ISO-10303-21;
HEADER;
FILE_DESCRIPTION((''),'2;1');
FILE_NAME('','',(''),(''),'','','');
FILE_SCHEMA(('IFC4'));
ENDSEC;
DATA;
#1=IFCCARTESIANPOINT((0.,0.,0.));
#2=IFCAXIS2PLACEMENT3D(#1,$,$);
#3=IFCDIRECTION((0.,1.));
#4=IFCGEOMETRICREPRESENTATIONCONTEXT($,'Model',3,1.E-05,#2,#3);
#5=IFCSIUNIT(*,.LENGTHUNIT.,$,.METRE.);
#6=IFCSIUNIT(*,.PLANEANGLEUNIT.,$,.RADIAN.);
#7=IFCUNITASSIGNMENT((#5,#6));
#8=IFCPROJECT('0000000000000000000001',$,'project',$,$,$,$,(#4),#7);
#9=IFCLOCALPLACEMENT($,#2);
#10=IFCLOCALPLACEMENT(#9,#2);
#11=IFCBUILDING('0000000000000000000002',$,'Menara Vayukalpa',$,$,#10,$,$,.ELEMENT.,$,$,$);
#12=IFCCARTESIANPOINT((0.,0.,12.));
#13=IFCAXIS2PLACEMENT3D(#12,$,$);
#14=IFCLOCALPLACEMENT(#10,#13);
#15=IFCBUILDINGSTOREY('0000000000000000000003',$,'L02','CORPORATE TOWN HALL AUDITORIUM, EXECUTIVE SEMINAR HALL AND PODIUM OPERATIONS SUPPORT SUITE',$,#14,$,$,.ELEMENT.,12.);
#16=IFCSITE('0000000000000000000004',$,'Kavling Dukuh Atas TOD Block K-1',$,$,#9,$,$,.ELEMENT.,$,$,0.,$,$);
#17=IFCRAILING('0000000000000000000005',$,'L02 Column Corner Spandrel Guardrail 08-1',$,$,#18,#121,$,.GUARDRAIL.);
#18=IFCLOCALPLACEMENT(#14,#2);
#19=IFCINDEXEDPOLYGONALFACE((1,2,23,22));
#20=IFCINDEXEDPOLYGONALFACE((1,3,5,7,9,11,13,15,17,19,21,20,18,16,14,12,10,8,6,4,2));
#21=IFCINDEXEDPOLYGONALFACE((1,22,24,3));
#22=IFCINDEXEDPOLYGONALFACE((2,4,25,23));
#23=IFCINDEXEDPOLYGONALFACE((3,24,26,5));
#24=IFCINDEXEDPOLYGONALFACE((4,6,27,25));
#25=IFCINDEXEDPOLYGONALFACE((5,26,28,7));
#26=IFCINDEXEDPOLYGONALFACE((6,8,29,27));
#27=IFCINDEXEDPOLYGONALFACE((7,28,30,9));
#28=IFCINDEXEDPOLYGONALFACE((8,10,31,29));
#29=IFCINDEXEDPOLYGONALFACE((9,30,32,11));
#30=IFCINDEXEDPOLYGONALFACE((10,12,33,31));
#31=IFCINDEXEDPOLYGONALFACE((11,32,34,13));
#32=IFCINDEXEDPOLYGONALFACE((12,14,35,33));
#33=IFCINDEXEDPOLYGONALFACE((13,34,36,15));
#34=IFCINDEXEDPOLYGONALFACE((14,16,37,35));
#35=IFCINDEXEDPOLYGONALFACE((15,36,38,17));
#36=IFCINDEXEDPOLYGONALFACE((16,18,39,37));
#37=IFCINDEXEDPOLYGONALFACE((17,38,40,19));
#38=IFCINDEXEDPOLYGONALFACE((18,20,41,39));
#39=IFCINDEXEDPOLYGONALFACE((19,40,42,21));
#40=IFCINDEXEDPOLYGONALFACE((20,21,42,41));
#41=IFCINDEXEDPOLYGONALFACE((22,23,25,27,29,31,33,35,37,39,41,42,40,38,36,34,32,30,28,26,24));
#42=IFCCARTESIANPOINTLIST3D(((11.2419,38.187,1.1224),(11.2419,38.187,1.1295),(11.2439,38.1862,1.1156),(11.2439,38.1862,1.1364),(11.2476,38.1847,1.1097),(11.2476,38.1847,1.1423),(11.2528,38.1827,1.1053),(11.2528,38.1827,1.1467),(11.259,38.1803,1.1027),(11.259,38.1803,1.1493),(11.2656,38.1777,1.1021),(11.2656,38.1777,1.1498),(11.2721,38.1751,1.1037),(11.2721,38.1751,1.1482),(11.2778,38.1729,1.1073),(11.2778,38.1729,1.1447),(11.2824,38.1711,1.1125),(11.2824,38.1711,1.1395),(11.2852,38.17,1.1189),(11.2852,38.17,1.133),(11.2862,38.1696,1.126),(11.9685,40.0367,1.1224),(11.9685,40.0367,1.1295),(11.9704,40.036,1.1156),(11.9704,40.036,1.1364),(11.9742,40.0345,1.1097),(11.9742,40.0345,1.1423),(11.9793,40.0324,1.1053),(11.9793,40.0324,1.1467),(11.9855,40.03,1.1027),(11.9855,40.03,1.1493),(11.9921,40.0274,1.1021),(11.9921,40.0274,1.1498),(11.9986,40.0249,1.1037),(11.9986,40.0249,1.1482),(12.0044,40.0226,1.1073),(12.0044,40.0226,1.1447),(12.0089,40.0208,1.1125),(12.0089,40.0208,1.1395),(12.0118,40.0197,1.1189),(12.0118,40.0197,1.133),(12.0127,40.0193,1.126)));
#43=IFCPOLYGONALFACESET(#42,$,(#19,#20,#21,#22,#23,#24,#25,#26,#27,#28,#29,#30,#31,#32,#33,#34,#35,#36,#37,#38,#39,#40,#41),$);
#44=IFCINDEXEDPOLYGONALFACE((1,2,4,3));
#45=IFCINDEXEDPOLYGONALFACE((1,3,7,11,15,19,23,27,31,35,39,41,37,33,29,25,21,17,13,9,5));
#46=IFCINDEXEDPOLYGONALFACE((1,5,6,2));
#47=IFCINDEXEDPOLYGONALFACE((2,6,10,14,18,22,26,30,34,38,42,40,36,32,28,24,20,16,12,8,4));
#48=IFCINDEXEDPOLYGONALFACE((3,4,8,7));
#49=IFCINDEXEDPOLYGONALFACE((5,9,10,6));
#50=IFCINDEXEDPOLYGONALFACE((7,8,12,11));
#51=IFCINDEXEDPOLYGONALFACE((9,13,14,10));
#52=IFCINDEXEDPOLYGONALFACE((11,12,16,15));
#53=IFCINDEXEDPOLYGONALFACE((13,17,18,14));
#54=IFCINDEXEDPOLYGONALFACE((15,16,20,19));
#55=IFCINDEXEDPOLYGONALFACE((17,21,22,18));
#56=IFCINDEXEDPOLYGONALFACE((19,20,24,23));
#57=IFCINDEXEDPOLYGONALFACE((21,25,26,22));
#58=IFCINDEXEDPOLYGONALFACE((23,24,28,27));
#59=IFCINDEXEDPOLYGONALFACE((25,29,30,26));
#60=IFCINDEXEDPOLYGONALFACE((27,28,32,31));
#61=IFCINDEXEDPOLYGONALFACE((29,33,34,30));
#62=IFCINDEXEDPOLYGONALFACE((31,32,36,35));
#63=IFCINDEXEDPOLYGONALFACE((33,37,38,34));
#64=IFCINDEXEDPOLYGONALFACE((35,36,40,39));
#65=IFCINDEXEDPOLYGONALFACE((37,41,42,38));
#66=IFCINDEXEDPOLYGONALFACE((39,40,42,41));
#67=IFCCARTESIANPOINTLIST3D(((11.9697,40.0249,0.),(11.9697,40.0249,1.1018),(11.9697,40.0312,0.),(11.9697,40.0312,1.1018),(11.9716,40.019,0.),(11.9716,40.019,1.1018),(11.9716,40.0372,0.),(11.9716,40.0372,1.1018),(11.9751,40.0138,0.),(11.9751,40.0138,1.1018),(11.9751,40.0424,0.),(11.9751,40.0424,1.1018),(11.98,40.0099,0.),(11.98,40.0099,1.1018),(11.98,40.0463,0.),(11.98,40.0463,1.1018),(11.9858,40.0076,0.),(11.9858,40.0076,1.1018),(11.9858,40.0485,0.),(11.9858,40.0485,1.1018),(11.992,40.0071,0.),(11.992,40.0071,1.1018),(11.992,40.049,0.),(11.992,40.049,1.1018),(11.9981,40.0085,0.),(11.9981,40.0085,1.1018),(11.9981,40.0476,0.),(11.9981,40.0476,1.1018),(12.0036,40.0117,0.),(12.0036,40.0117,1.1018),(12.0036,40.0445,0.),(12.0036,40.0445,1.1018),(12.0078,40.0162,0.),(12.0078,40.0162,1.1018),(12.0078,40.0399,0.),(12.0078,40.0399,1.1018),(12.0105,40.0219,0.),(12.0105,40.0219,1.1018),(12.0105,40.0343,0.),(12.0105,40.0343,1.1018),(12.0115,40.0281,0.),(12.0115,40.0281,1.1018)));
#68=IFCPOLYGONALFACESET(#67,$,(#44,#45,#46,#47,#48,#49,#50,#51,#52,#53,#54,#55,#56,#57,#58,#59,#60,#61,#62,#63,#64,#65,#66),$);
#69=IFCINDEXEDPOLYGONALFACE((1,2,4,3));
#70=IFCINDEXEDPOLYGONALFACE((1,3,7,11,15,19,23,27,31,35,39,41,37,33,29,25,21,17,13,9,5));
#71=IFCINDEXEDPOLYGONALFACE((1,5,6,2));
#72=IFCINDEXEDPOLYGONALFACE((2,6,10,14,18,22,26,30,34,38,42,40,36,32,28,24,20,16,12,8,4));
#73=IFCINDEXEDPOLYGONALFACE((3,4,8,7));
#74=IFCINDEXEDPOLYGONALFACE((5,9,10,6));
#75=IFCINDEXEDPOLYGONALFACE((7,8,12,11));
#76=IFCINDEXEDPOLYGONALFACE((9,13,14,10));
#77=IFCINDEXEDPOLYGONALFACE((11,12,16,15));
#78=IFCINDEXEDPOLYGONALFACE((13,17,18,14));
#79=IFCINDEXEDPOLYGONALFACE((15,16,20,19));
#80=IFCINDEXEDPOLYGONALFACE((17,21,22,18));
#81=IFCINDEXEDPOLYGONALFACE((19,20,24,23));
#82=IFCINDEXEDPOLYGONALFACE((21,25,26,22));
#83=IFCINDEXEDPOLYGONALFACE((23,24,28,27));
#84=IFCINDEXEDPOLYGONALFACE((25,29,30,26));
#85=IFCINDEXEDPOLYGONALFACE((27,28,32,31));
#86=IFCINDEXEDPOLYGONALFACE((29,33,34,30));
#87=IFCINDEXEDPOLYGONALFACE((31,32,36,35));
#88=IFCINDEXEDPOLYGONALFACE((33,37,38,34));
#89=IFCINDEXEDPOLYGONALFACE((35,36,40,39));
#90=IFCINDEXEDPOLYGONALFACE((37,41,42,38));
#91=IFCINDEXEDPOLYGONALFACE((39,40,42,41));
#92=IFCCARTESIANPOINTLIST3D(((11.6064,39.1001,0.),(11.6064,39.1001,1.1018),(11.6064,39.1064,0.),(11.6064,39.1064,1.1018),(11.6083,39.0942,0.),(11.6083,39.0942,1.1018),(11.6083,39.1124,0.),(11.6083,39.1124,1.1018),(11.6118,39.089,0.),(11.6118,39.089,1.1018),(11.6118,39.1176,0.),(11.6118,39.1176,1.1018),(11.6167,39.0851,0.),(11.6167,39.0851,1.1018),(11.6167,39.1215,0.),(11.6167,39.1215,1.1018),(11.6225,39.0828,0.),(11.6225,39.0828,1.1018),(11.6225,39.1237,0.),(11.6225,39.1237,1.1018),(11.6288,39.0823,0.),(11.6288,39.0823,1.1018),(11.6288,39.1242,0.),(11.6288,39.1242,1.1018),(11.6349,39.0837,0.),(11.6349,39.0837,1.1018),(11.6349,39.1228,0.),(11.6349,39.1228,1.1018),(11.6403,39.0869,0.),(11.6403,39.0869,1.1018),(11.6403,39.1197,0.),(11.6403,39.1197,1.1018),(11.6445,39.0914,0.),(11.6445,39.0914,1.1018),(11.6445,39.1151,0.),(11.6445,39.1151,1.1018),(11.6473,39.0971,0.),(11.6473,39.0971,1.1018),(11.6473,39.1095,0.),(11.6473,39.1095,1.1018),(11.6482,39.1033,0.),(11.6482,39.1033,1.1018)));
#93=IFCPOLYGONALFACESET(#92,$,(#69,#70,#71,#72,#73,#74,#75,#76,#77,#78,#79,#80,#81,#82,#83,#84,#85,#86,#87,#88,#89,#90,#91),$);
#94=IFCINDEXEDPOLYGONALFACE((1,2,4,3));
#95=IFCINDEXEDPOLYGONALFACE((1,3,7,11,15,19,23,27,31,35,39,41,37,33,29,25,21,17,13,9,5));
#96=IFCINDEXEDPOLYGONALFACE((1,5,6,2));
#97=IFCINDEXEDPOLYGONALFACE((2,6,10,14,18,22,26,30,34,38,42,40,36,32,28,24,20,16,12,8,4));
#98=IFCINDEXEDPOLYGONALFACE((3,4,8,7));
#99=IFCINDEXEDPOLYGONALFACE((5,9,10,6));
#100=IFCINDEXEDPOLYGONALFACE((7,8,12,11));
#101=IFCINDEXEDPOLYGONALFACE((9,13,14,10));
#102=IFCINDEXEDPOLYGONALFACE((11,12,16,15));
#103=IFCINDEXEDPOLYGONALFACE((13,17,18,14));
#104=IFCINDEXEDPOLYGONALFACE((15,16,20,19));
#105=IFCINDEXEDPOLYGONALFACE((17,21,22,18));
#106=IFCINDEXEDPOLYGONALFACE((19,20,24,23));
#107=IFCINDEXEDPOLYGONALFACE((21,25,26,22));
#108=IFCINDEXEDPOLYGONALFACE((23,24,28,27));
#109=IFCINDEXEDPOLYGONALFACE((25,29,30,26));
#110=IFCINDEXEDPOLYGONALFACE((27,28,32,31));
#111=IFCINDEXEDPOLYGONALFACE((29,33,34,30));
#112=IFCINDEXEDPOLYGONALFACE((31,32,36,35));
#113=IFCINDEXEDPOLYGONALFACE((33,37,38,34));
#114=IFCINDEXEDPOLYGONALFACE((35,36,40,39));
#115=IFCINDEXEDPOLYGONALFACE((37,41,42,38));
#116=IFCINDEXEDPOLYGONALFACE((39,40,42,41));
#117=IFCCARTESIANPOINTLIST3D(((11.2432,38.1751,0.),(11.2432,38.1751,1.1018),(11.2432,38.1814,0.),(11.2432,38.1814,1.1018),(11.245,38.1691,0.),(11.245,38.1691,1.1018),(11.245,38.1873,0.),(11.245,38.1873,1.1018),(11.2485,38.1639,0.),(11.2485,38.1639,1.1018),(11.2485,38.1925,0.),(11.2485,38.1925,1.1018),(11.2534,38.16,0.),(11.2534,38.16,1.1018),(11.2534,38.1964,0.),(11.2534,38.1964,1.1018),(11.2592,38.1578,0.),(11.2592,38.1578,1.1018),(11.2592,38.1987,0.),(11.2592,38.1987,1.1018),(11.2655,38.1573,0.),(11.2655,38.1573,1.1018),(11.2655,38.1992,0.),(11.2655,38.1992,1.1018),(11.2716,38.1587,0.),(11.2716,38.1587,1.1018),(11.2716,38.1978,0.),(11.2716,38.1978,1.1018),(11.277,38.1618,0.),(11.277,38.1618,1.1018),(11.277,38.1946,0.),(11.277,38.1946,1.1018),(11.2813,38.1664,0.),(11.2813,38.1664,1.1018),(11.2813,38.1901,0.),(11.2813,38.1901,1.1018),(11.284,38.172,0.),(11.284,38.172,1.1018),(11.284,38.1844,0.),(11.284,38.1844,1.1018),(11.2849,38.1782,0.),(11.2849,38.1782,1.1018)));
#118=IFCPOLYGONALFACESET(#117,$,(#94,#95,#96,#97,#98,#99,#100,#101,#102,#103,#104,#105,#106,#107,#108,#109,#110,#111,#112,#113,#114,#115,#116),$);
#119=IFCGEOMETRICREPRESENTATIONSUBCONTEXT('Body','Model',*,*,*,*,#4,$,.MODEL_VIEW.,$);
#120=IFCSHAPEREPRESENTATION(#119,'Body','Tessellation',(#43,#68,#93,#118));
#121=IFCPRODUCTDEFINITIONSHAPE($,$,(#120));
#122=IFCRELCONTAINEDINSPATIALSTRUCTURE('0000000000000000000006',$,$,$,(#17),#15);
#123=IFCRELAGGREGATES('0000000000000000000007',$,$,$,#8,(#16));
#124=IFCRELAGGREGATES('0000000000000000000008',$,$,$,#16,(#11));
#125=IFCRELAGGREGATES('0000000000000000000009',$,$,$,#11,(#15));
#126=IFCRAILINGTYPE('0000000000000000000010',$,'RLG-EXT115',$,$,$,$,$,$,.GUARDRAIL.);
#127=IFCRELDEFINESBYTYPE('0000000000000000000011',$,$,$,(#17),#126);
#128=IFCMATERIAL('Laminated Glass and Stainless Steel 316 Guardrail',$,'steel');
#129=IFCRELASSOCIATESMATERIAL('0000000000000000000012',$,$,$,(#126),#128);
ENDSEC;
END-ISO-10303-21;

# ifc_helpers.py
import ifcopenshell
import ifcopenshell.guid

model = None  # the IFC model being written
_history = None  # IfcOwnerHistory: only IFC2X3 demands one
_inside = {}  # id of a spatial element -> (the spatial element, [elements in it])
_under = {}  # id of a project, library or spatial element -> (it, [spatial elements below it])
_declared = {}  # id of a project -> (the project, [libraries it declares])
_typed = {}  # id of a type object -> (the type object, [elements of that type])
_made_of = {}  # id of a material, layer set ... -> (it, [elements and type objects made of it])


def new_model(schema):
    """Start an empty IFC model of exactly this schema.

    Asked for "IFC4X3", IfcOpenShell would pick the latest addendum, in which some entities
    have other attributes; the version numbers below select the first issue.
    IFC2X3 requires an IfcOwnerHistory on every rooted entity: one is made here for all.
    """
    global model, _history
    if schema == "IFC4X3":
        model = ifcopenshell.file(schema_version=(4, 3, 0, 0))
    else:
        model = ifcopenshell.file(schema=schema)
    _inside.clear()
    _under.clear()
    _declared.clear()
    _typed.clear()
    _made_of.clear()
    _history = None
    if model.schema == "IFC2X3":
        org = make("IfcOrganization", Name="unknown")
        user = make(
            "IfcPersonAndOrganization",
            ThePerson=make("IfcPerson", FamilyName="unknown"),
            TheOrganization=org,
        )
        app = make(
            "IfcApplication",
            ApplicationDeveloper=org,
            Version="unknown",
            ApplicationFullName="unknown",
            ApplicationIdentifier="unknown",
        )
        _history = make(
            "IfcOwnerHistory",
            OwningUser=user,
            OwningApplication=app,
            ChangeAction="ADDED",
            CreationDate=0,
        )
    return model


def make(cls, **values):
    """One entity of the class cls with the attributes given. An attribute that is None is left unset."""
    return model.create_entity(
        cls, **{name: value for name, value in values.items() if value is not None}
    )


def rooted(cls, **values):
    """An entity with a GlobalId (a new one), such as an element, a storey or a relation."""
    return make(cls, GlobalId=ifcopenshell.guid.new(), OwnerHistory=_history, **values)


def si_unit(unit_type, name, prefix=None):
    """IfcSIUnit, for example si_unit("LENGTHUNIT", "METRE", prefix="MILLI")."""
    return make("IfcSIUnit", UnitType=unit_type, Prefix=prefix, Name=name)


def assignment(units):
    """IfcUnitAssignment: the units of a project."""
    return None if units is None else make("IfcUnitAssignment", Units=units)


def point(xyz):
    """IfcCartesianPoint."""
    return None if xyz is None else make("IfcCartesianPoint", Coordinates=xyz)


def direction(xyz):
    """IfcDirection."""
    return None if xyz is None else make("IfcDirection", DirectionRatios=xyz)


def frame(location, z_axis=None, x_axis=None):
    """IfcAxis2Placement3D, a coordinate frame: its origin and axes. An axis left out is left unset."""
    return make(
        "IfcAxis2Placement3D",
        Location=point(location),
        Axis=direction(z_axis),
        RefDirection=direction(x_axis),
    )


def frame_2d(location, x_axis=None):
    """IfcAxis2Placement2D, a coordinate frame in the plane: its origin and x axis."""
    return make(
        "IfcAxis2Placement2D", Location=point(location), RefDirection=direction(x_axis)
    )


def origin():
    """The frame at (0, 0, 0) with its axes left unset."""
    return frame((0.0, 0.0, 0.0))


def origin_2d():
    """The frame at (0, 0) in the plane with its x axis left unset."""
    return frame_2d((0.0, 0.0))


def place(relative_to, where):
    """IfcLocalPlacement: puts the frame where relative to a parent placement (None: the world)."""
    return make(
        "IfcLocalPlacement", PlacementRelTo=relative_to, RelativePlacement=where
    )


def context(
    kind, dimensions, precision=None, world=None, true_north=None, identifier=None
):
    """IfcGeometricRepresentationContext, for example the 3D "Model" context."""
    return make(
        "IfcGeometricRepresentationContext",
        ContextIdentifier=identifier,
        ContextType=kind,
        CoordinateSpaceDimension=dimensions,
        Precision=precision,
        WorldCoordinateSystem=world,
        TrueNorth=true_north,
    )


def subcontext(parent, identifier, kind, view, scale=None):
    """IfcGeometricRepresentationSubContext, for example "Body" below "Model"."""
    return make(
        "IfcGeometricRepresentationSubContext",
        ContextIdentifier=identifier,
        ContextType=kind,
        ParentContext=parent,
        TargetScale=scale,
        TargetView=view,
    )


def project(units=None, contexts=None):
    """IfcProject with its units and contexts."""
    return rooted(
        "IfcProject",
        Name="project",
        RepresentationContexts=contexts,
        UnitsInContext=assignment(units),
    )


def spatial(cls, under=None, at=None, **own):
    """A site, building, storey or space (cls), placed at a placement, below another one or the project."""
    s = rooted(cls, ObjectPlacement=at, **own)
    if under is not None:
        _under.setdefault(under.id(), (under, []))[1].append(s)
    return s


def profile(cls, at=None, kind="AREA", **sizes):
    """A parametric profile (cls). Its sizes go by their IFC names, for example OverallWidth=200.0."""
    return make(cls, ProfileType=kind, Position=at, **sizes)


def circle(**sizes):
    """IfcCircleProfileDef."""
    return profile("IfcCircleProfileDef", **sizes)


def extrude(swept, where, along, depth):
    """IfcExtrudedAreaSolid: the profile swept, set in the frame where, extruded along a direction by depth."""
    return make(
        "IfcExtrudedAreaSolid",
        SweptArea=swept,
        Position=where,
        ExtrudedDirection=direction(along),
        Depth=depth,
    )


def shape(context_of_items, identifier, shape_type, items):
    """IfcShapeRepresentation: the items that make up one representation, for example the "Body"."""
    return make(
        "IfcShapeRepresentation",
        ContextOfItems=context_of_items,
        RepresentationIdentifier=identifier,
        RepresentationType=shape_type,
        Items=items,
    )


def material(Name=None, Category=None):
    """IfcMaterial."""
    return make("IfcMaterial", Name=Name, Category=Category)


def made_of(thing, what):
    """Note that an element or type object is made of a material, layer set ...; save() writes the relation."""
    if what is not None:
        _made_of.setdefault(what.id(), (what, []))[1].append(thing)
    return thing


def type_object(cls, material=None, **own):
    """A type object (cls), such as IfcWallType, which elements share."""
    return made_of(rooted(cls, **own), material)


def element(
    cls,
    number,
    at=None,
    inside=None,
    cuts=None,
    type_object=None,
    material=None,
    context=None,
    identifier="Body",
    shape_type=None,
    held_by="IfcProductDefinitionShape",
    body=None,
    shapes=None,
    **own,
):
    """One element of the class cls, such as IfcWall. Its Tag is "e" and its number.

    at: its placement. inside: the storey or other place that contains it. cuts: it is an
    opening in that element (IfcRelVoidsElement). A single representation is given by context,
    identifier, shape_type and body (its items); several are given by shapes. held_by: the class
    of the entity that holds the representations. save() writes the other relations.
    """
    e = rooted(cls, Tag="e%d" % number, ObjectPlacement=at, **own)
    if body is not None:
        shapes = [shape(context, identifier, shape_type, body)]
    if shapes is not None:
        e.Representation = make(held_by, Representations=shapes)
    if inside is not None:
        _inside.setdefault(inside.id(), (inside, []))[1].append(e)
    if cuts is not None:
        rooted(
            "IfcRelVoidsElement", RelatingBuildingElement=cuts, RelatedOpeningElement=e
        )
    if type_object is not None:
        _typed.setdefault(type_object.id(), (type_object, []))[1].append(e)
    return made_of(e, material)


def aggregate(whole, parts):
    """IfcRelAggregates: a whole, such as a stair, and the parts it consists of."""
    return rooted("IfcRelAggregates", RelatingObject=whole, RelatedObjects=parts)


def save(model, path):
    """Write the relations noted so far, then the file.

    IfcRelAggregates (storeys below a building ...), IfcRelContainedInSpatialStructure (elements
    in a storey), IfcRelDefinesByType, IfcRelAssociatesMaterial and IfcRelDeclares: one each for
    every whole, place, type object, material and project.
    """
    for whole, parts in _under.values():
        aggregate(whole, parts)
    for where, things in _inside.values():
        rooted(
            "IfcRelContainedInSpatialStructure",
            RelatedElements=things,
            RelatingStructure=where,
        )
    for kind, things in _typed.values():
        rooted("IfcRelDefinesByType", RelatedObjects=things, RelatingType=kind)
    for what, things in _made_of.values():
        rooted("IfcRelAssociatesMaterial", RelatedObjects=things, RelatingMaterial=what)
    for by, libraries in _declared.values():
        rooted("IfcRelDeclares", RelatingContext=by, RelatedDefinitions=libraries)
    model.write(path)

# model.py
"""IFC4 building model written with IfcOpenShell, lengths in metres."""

from ifc_helpers import new_model, si_unit, direction, frame, origin, origin_2d, place, context, subcontext, project, spatial, circle, extrude, material, type_object, element, save


model = new_model("IFC4")

# Units and contexts
model_context = context("Model", 3, precision=1e-05, world=origin(), true_north=direction((0.0, 1.0)))
body_context = subcontext(model_context, "Body", "Model", "MODEL_VIEW")
ifc_project = project(units=[si_unit("LENGTHUNIT", "METRE"), si_unit("PLANEANGLEUNIT", "RADIAN")], contexts=[model_context])

# Site, building, storey
site_placement = place(None, origin())
site = spatial("IfcSite", under=ifc_project, at=site_placement, Name="Kavling Dukuh Atas TOD Block K-1", CompositionType="ELEMENT", RefElevation=0.0)
building_placement = place(site_placement, origin())
building = spatial("IfcBuilding", under=site, at=building_placement, Name="Menara Vayukalpa", CompositionType="ELEMENT")
storey_placement = place(building_placement, frame((0.0, 0.0, 12.0)))
storey = spatial("IfcBuildingStorey", under=building, at=storey_placement, Name="L02", Description="CORPORATE TOWN HALL AUDITORIUM, EXECUTIVE SEMINAR HALL AND PODIUM OPERATIONS SUPPORT SUITE", CompositionType="ELEMENT", Elevation=12.0)

# Railing
ifc_material_1 = material(Name="Laminated Glass and Stainless Steel 316 Guardrail", Category="steel")
railing_type = type_object("IfcRailingType", Name="RLG-EXT115", PredefinedType="GUARDRAIL", material=ifc_material_1)
railing_1_placement = place(storey_placement, frame((11.9905, 40.0281, 0.0)))
element("IfcRailing", 1, at=railing_1_placement, inside=storey, type_object=railing_type, Name="L02 Column Corner Spandrel Guardrail 08-1", PredefinedType="GUARDRAIL", context=body_context, shape_type="SweptSolid", body=[
    extrude(circle(Radius=0.0239, at=origin_2d()), frame((0.0, 0.0, 1.126), z_axis=(-0.36558, -0.93078, 0.0), x_axis=(0.93078, -0.36558, 0.0)), (0.0, 0.0, 1.0), 1.9873),
    extrude(circle(Radius=0.021, at=origin_2d()), origin(), (0.0, 0.0, 1.0), 1.1018),
    extrude(circle(Radius=0.021, at=origin_2d()), frame((-0.3633, -0.9248, 0.0)), (0.0, 0.0, 1.0), 1.1018),
    extrude(circle(Radius=0.021, at=origin_2d()), frame((-0.7266, -1.8499, 0.0)), (0.0, 0.0, 1.0), 1.1018),
])

save(model, "model.ifc")
